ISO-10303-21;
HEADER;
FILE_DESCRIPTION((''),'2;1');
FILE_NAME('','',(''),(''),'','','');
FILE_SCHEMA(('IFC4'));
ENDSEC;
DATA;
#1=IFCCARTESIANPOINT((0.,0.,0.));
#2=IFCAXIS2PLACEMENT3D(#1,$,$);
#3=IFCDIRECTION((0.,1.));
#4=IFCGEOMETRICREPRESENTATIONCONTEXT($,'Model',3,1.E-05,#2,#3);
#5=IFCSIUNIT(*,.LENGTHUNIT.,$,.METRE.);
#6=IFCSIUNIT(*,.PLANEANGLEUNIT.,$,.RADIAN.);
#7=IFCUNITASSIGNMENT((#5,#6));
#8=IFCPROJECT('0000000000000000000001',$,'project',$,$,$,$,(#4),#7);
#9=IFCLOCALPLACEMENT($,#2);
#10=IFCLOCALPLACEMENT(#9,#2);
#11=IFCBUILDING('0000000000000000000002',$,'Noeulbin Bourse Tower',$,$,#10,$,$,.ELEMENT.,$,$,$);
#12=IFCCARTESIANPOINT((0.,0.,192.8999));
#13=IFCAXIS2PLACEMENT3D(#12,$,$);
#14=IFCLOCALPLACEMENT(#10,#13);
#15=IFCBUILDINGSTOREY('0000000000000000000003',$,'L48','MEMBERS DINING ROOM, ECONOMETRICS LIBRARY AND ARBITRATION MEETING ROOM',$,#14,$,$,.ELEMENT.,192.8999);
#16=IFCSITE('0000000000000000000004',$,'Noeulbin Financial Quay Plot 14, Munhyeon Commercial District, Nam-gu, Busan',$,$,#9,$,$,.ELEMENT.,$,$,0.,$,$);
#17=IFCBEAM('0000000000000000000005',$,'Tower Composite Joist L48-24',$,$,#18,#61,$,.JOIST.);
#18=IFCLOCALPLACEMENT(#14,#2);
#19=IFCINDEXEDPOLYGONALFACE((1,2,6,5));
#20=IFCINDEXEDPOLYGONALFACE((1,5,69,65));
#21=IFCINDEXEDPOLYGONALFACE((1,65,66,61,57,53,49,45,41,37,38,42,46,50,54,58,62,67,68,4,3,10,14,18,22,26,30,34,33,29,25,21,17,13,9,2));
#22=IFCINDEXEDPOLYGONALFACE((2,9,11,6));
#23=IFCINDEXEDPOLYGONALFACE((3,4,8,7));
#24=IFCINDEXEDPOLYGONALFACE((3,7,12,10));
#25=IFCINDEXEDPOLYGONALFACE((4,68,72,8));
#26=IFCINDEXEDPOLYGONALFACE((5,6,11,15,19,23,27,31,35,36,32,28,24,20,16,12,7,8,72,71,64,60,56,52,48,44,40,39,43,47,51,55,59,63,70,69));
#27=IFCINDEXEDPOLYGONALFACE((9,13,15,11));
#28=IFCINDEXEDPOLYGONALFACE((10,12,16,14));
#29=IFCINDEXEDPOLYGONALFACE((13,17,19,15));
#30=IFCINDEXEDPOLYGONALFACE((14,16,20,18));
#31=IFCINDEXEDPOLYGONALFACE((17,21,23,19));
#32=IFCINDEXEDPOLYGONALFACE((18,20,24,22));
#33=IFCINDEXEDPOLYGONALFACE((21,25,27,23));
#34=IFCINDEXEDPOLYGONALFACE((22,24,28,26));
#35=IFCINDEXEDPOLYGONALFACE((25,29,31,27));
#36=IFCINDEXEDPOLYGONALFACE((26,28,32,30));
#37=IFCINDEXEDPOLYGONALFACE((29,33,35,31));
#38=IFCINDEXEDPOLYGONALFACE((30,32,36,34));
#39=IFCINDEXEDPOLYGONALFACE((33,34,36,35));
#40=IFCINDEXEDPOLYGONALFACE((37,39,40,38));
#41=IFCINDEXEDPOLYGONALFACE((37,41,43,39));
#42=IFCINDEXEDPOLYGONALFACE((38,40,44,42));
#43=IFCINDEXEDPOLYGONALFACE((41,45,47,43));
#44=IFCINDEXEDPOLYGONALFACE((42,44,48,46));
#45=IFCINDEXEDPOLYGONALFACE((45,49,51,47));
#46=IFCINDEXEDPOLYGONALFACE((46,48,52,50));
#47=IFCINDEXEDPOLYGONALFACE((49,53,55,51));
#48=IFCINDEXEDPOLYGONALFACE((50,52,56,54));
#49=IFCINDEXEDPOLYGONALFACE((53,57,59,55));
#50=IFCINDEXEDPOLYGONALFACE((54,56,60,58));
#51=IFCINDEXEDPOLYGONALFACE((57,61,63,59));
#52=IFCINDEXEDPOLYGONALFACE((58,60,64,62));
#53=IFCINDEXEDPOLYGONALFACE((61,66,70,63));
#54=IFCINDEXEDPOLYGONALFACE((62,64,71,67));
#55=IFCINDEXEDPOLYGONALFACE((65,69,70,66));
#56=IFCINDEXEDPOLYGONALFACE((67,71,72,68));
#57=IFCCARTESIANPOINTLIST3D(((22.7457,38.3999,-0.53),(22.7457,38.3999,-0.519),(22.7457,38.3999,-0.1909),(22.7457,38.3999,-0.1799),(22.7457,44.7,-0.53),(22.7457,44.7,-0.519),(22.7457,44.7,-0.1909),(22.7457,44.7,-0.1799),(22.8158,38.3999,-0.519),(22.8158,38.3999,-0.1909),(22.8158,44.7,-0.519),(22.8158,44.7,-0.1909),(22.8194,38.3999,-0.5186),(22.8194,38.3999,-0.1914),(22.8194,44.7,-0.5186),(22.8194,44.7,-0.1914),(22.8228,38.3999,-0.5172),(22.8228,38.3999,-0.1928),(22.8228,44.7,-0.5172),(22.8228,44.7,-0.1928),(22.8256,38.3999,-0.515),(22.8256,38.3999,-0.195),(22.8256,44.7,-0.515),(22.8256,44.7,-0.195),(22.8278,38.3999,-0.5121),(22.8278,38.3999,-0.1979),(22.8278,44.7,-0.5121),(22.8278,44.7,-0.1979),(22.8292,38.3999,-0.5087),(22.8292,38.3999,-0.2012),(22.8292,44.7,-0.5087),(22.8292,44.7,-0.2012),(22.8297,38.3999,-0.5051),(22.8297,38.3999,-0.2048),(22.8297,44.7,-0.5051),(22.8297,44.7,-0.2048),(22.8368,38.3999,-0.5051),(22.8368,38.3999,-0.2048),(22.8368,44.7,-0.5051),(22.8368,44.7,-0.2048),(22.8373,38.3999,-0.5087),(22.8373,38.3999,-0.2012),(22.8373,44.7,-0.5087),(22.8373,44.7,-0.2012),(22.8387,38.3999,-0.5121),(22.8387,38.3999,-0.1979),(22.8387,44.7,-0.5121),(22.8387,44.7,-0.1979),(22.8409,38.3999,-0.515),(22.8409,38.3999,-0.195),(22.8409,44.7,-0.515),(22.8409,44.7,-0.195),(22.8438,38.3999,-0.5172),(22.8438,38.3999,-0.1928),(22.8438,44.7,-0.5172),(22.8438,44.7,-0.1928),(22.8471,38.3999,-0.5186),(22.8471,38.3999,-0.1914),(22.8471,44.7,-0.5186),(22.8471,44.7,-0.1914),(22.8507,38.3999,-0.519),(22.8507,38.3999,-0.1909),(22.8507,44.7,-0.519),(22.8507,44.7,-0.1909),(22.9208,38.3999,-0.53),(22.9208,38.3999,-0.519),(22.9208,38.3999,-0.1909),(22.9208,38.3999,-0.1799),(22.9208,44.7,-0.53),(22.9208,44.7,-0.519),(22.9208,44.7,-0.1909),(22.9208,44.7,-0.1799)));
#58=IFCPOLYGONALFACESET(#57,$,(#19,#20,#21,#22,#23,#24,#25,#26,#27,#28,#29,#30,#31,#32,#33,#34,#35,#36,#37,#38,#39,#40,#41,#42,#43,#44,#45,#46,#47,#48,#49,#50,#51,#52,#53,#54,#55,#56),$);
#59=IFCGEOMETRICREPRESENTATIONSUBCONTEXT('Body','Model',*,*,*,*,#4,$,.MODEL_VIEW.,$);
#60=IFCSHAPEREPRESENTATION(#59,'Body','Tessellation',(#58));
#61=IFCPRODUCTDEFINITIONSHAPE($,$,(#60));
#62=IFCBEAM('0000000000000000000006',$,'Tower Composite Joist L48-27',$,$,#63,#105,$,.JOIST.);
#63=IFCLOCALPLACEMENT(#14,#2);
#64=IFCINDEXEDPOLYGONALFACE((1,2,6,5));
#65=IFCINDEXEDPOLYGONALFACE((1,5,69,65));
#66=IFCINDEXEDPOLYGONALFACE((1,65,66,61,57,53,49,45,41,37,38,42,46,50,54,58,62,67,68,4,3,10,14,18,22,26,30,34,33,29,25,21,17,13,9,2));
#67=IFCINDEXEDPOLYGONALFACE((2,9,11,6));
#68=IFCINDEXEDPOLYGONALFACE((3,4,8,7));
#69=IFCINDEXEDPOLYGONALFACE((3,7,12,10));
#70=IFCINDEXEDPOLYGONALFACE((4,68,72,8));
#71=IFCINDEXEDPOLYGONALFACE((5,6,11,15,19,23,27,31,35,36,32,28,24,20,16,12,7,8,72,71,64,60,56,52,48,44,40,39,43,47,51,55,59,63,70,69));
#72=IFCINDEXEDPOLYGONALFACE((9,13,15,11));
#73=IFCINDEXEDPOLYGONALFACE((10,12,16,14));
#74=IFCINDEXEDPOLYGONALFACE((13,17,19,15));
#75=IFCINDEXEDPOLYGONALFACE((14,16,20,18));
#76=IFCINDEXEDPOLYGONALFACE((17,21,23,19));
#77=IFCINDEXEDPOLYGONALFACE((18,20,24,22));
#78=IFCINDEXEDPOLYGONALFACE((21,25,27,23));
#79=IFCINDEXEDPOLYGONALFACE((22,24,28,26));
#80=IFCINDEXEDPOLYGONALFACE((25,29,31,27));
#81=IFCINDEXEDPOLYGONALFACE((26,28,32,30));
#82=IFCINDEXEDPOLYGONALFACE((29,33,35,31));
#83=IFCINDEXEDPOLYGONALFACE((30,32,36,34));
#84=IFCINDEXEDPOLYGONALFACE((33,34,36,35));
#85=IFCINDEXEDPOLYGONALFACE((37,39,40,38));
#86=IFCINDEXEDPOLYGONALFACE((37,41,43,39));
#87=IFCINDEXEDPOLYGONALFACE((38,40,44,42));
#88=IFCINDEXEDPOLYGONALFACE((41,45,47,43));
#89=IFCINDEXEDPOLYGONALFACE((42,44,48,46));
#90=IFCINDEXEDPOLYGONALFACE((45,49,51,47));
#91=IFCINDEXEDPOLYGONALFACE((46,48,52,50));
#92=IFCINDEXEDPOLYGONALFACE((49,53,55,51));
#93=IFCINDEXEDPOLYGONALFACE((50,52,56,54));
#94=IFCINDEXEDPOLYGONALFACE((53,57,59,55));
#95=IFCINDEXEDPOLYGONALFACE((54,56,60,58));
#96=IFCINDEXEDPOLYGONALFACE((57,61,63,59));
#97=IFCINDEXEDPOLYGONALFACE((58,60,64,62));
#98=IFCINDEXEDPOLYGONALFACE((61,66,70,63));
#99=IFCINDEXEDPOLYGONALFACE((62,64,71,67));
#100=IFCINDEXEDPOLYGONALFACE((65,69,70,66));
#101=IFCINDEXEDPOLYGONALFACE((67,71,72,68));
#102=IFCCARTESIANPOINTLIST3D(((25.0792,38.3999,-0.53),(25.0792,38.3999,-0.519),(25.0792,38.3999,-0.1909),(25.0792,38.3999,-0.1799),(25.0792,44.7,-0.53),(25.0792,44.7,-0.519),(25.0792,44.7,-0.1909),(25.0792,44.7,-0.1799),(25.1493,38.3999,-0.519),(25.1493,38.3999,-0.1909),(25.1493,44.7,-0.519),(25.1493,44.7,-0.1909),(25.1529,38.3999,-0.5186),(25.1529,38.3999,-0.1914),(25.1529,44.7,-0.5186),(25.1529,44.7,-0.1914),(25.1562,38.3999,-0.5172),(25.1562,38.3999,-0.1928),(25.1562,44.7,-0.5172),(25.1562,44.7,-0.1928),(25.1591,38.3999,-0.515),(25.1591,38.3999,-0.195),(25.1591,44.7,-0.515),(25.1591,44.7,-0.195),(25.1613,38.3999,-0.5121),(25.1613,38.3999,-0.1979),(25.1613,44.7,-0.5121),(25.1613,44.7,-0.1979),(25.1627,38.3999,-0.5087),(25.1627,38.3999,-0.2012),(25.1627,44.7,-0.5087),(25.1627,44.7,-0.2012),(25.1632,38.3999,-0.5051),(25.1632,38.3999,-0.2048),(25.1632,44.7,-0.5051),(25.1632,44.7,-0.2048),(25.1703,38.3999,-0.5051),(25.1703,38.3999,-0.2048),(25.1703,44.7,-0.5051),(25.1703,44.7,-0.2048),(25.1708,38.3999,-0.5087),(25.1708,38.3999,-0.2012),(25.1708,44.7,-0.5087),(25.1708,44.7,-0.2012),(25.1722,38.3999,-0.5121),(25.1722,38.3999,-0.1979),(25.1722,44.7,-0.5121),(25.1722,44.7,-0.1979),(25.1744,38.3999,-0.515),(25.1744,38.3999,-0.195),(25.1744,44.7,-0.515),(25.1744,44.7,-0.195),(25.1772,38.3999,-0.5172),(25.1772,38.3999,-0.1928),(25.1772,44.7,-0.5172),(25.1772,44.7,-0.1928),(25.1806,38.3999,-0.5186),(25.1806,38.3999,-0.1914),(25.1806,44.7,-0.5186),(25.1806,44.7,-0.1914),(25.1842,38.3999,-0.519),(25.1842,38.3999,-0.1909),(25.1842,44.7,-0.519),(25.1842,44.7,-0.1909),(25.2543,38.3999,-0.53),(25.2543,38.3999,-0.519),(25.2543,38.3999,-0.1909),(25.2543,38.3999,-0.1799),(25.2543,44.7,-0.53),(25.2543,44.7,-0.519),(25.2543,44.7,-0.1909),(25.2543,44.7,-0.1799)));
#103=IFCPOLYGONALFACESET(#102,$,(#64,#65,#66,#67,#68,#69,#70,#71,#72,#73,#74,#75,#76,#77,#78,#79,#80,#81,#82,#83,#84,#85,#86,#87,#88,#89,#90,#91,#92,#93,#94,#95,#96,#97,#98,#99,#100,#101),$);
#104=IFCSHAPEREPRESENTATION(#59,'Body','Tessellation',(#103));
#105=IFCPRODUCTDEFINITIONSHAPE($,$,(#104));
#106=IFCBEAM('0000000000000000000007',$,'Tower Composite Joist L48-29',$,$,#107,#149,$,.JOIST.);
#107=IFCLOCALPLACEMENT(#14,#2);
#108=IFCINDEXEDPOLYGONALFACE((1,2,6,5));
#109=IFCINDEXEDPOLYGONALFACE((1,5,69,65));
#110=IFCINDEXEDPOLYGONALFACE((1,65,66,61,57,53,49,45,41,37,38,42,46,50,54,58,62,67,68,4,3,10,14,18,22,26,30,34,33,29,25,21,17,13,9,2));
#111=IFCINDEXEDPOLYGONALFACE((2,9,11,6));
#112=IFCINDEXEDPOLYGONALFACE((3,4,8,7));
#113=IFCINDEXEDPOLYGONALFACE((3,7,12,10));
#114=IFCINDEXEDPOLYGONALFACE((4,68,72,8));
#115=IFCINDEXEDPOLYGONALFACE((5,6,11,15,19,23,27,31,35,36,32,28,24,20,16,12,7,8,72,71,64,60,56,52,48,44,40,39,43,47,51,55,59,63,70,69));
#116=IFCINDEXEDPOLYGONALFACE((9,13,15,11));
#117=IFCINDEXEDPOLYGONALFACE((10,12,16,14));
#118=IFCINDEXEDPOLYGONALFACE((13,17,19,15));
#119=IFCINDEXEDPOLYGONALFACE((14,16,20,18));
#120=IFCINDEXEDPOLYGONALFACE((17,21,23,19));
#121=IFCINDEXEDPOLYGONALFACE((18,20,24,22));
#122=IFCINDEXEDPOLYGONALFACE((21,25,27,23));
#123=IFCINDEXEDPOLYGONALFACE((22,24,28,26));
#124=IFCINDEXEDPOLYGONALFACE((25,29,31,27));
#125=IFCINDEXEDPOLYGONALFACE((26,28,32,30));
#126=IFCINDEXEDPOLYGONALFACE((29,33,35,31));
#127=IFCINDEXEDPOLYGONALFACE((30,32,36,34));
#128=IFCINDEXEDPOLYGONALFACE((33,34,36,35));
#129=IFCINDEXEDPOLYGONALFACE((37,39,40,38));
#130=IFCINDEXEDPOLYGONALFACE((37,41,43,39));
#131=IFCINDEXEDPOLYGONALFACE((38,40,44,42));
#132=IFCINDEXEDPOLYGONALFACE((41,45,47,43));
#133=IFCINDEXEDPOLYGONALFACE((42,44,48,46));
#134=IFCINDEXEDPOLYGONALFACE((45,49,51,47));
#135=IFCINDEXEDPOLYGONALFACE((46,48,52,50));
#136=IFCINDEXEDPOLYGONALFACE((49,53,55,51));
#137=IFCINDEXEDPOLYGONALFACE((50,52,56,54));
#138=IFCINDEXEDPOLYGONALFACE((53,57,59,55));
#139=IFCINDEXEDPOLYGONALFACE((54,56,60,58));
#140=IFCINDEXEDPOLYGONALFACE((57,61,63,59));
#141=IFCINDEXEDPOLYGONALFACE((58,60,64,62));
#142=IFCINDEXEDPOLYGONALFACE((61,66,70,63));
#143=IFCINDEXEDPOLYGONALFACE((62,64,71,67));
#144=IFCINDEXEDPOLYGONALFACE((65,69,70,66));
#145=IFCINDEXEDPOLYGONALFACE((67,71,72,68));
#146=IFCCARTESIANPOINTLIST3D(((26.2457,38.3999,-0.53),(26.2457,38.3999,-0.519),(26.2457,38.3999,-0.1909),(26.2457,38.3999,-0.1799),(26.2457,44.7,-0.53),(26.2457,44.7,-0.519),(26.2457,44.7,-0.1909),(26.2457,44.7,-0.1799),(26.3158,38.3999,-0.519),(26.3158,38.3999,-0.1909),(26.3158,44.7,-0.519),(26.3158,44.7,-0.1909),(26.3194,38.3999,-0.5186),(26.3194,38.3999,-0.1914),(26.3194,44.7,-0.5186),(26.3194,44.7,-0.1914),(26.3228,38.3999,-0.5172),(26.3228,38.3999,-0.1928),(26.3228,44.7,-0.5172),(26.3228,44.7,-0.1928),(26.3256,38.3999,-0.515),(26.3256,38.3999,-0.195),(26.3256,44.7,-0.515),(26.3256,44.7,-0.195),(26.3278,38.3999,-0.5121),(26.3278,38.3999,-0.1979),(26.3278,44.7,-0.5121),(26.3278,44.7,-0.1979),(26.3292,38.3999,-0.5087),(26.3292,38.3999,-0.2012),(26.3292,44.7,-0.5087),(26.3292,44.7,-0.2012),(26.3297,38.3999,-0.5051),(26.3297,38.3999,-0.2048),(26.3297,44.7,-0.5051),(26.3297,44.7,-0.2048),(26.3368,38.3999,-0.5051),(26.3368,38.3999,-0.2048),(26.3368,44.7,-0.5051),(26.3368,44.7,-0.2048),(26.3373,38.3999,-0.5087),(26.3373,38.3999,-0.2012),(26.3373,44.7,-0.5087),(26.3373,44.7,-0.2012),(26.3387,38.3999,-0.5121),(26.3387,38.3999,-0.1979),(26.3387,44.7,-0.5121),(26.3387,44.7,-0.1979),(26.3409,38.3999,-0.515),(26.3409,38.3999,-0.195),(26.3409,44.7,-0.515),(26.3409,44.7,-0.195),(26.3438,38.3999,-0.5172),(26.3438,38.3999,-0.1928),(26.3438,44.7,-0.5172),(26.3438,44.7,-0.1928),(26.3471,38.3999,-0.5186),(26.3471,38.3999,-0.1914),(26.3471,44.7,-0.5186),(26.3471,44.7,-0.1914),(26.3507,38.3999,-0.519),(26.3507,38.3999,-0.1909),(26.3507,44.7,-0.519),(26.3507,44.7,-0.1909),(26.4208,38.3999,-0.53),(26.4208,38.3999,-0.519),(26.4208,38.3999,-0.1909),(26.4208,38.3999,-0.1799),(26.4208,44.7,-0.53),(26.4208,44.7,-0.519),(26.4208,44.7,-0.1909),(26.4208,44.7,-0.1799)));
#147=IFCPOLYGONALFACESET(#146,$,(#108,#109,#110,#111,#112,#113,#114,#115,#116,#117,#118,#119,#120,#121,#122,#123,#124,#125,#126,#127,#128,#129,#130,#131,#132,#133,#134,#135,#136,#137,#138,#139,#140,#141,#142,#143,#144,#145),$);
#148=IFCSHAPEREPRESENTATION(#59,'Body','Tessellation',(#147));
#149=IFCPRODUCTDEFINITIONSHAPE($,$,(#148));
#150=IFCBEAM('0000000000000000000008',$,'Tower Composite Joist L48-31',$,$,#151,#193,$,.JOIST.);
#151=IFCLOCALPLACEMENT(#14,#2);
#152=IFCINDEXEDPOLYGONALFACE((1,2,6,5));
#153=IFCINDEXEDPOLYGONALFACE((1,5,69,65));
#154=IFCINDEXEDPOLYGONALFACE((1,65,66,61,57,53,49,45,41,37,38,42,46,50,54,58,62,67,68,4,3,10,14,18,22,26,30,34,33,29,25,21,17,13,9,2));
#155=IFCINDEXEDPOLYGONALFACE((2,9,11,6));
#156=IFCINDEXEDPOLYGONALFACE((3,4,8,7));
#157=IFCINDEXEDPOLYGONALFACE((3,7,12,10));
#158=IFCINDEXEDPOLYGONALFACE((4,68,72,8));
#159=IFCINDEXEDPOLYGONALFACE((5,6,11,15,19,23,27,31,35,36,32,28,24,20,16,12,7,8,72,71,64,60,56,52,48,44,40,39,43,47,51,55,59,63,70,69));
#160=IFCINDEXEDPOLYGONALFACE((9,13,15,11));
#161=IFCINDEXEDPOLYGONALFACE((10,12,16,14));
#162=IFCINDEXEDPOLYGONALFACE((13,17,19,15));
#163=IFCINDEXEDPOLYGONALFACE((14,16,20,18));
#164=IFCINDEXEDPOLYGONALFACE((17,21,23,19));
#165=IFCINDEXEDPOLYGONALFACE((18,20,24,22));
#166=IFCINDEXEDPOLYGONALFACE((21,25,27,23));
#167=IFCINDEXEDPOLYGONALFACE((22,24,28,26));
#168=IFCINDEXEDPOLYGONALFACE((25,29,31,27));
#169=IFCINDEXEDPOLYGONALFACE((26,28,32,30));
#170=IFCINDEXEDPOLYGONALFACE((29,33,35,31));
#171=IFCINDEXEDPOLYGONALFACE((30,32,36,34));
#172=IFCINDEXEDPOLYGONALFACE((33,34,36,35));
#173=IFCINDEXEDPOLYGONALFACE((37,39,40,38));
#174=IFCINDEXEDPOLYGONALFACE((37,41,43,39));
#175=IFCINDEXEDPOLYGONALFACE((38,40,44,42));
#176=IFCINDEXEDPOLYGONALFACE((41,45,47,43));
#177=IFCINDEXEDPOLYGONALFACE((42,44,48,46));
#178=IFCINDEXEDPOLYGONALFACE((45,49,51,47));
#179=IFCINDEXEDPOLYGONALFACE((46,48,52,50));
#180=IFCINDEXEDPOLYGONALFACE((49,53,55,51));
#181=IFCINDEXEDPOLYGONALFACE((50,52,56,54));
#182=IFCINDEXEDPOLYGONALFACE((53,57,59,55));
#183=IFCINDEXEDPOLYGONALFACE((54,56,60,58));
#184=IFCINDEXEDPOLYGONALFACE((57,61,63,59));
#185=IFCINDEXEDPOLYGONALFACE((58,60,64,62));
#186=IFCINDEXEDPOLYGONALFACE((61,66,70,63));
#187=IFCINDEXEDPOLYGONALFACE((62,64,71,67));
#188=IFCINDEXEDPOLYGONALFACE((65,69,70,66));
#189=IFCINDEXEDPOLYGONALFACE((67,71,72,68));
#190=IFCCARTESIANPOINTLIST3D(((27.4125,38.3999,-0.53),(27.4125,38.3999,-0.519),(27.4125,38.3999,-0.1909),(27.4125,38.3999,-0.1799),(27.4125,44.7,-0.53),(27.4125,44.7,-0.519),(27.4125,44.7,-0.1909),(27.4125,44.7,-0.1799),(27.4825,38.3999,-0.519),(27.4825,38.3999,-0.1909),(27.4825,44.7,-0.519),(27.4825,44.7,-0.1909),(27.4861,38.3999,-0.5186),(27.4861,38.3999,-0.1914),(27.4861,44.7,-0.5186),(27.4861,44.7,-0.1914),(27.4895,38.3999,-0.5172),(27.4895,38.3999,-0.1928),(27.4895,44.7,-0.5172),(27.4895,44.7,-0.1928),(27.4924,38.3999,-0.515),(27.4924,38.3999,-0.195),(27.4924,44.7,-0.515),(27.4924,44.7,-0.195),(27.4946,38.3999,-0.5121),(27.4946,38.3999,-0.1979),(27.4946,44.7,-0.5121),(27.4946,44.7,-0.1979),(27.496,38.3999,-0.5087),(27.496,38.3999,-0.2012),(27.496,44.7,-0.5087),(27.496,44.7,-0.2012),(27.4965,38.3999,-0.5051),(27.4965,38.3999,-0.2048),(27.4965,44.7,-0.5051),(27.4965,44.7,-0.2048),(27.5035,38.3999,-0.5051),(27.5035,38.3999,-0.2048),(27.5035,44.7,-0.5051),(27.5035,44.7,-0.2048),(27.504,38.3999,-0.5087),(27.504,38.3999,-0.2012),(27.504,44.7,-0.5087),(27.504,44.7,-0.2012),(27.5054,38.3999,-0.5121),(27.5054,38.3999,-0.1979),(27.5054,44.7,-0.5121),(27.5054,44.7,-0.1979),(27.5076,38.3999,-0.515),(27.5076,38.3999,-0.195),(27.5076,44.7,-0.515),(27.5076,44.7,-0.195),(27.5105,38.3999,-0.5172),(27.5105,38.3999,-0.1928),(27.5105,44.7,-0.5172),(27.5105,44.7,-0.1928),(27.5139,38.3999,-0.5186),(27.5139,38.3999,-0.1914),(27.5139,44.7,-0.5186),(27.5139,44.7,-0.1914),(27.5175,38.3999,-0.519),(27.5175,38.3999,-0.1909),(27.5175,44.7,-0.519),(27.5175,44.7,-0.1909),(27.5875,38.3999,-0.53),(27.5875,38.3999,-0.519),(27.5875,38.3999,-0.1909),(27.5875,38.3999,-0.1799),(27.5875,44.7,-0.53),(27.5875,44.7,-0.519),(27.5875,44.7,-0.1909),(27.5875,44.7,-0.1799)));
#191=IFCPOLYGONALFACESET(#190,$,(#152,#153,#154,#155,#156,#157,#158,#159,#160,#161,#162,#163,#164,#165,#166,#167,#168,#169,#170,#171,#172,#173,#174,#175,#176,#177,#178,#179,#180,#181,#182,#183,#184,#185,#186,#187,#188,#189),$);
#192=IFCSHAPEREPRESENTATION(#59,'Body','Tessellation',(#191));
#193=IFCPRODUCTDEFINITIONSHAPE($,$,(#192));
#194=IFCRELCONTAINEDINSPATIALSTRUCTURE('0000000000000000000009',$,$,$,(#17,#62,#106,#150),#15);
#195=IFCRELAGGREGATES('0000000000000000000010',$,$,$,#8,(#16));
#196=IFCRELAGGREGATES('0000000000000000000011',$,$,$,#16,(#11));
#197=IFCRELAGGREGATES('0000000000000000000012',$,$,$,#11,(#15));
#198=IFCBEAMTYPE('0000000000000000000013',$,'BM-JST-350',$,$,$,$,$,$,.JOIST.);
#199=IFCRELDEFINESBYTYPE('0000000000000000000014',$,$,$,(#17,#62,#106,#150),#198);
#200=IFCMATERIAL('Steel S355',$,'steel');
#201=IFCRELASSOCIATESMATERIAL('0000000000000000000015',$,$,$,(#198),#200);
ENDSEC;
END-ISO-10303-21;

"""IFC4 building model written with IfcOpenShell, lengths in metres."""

from ifc_helpers import new_model, si_unit, direction, frame, origin, origin_2d, place, context, subcontext, project, spatial, i_section, extrude, material, material_profile, profile_set, type_object, element, save


model = new_model("IFC4")

# Units and contexts
model_context = context("Model", 3, precision=1e-05, world=origin(), true_north=direction((0.0, 1.0)))
body_context = subcontext(model_context, "Body", "Model", "MODEL_VIEW")
ifc_project = project(units=[si_unit("LENGTHUNIT", "METRE"), si_unit("PLANEANGLEUNIT", "RADIAN")], contexts=[model_context])

# Site, building, storey
site_placement = place(None, origin())
site = spatial("IfcSite", under=ifc_project, at=site_placement, Name="Noeulbin Financial Quay Plot 14, Munhyeon Commercial District, Nam-gu, Busan", CompositionType="ELEMENT", RefElevation=0.0)
building_placement = place(site_placement, origin())
building = spatial("IfcBuilding", under=site, at=building_placement, Name="Noeulbin Bourse Tower", CompositionType="ELEMENT")
storey_placement = place(building_placement, frame((0.0, 0.0, 192.8999)))
storey = spatial("IfcBuildingStorey", under=building, at=storey_placement, Name="L48", Description="MEMBERS DINING ROOM, ECONOMETRICS LIBRARY AND ARBITRATION MEETING ROOM", CompositionType="ELEMENT", Elevation=192.8999)

# Shared definitions
ifc_material_1 = material(Name="Steel S355", Category="steel")

# Beams
ifc_material_profile_1 = material_profile(ifc_material_1, i_section(OverallWidth=0.175, OverallDepth=0.3501, WebThickness=0.0071, FlangeThickness=0.011, FilletRadius=0.0139, at=origin_2d()), Name="H-350x175x7x11", Category="LoadBearing")
ifc_profile_set_1 = profile_set([ifc_material_profile_1], Name="Steel S355")
beam_type_1 = type_object("IfcBeamType", Name="BM-JST-350", PredefinedType="JOIST", material=ifc_profile_set_1)
for number, where, z_axis, x_axis, name in (
    (1, (22.8333, 38.3999, -0.355), (0.0, 1.0, 0.0), (-1.0, 0.0, 0.0), "Tower Composite Joist L48-24"),
    (2, (25.1667, 38.3999, -0.355), (0.0, 1.0, 0.0), (-1.0, 0.0, 0.0), "Tower Composite Joist L48-27"),
    (3, (26.3333, 38.3999, -0.355), (0.0, 1.0, 0.0), (-1.0, 0.0, 0.0), "Tower Composite Joist L48-29"),
    (4, (27.5, 38.3999, -0.355), (0.0, 1.0, 0.0), (-1.0, 0.0, 0.0), "Tower Composite Joist L48-31"),
):
    element("IfcBeam", number, at=place(storey_placement, frame(where, z_axis=z_axis, x_axis=x_axis)), inside=storey, type_object=beam_type_1, Name=name, PredefinedType="JOIST", context=body_context, shape_type="SweptSolid", body=[
        extrude(i_section(OverallWidth=0.175, OverallDepth=0.3501, WebThickness=0.0071, FlangeThickness=0.011, FilletRadius=0.0139, at=origin_2d()), origin(), (0.0, 0.0, 1.0), 6.3),
    ])

save(model, "model.ifc")
